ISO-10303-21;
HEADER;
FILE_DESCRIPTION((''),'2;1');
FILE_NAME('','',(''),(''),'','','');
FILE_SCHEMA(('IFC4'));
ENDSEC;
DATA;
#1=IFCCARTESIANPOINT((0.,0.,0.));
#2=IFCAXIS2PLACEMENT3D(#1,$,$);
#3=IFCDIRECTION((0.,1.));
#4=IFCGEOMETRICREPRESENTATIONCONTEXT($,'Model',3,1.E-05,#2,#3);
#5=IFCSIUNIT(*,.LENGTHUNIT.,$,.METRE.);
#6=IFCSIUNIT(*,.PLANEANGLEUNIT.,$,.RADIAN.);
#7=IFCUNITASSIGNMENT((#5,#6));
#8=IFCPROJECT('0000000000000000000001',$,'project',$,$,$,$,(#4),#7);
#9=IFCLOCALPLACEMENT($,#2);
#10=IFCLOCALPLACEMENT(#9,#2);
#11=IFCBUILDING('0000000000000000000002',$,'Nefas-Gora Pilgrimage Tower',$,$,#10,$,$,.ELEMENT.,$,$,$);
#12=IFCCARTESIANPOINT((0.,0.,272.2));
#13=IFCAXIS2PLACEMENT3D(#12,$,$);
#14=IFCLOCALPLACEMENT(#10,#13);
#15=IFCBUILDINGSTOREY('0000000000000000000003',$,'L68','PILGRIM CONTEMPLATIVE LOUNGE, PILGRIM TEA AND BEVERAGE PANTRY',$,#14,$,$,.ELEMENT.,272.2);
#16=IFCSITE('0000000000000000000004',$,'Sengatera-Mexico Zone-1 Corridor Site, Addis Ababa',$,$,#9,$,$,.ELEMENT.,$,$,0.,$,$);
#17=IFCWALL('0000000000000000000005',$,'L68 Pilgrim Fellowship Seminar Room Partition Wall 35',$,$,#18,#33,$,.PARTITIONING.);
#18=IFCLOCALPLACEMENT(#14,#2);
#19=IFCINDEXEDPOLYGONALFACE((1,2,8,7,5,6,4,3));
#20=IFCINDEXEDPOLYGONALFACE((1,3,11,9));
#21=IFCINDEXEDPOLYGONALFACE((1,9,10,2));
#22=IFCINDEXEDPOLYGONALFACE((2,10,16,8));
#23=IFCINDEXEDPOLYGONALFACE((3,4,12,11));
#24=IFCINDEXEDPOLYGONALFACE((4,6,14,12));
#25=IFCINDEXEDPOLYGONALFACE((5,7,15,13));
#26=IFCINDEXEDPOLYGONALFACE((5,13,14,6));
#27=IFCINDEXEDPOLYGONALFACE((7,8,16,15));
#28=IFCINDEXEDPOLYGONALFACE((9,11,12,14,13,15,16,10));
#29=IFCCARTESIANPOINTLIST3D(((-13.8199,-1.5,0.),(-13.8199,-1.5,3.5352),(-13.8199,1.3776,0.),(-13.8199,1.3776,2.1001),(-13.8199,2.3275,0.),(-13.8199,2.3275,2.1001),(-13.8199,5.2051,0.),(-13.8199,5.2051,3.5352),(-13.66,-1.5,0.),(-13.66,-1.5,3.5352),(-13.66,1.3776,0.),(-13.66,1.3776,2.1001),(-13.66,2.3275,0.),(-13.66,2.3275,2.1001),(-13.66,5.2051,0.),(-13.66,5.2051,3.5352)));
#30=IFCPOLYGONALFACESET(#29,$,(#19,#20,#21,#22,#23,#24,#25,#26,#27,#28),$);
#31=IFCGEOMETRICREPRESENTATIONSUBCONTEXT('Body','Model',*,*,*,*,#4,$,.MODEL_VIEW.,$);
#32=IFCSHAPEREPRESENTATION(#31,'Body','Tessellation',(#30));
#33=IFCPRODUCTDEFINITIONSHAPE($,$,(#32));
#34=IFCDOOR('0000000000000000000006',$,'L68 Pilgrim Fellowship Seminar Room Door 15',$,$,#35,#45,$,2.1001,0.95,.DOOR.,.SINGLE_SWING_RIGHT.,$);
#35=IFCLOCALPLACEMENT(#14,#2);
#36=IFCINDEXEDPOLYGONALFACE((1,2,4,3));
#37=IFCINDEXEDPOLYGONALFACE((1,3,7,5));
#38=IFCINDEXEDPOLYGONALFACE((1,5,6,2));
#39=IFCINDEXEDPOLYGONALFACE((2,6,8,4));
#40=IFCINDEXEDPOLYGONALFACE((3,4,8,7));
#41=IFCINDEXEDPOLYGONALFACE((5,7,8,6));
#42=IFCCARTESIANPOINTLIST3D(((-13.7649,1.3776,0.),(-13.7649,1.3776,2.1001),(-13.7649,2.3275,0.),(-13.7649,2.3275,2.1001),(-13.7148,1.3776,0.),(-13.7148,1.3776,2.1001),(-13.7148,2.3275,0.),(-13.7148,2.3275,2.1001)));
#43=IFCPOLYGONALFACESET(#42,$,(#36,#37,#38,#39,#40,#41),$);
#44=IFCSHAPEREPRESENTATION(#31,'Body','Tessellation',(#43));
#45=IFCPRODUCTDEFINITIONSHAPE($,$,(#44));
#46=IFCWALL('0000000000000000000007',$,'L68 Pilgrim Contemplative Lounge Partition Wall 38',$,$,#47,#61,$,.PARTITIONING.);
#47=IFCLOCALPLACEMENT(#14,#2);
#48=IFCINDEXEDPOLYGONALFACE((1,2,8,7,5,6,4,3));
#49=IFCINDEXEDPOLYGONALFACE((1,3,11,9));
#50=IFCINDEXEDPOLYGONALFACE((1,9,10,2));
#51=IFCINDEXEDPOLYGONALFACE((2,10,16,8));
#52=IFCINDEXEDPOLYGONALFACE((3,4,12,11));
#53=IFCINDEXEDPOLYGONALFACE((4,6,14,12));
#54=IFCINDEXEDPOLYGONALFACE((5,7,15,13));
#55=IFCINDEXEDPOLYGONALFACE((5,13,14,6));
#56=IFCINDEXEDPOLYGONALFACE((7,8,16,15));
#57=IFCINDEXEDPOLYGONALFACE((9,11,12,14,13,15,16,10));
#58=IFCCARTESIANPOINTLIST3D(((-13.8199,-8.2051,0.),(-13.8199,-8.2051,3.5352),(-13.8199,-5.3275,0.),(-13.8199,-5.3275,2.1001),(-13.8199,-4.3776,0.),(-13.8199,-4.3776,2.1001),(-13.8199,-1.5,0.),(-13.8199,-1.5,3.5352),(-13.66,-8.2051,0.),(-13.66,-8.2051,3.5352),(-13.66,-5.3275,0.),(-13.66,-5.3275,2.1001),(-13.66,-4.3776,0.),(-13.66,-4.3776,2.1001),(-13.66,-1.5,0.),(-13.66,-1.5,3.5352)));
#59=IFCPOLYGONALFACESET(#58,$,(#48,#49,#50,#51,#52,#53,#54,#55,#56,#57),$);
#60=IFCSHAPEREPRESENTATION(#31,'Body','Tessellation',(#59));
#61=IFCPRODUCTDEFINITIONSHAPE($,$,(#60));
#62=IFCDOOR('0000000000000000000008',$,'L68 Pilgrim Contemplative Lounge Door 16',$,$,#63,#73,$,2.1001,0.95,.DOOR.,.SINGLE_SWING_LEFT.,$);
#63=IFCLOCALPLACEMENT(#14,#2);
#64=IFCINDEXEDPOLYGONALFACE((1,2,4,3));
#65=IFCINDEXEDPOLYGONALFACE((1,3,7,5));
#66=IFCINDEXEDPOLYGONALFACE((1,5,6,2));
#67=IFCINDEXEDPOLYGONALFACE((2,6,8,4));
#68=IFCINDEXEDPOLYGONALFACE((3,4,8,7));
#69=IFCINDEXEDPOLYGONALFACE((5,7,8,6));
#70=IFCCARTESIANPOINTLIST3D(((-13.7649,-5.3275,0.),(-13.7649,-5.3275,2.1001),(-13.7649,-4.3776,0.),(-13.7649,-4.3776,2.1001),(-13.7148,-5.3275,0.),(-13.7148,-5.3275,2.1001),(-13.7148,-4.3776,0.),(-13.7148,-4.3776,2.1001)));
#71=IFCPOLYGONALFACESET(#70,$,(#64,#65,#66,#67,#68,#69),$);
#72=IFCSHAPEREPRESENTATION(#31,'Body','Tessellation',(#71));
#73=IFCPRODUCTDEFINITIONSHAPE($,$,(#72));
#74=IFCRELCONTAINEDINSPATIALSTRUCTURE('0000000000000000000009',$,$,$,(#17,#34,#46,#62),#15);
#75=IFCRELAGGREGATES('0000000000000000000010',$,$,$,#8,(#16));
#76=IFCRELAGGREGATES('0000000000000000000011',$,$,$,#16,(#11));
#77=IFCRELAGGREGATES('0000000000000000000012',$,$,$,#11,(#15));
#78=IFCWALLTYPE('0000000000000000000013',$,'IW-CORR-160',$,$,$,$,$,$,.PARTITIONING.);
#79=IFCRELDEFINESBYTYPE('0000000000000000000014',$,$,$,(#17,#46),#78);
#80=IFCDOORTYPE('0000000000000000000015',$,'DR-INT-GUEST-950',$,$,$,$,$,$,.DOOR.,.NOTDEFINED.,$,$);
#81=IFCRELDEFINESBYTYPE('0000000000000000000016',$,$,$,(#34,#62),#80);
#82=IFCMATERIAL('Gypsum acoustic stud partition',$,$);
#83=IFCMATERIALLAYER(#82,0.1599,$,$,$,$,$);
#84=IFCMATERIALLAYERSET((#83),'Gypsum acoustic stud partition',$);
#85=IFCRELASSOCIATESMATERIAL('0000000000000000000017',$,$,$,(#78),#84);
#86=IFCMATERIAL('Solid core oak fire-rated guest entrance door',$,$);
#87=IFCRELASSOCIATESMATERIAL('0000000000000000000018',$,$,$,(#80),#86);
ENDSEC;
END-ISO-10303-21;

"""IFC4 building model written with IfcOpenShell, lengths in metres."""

from ifc_helpers import new_model, si_unit, direction, frame, frame_2d, origin, place, context, subcontext, project, spatial, rectangle, extrude, source, transform, mapped, material, layer, layer_set, type_object, element, fill, save


model = new_model("IFC4")

# Units and contexts
model_context = context("Model", 3, precision=1e-05, world=origin(), true_north=direction((0.0, 1.0)))
body_context = subcontext(model_context, "Body", "Model", "MODEL_VIEW")
ifc_project = project(units=[si_unit("LENGTHUNIT", "METRE"), si_unit("PLANEANGLEUNIT", "RADIAN")], contexts=[model_context])

# Site, building, storey
site_placement = place(None, origin())
site = spatial("IfcSite", under=ifc_project, at=site_placement, Name="Sengatera-Mexico Zone-1 Corridor Site, Addis Ababa", CompositionType="ELEMENT", RefElevation=0.0)
building_placement = place(site_placement, origin())
building = spatial("IfcBuilding", under=site, at=building_placement, Name="Nefas-Gora Pilgrimage Tower", CompositionType="ELEMENT")
storey_placement = place(building_placement, frame((0.0, 0.0, 272.2)))
storey = spatial("IfcBuildingStorey", under=building, at=storey_placement, Name="L68", Description="PILGRIM CONTEMPLATIVE LOUNGE, PILGRIM TEA AND BEVERAGE PANTRY", CompositionType="ELEMENT", Elevation=272.2)

# Walls, openings, doors
ifc_material_1 = material(Name="Gypsum acoustic stud partition")
ifc_layer_1 = layer(ifc_material_1, 0.1599)
ifc_layer_set_1 = layer_set([ifc_layer_1], Name="Gypsum acoustic stud partition")
wall_type_1 = type_object("IfcWallType", Name="IW-CORR-160", PredefinedType="PARTITIONING", material=ifc_layer_set_1)
shared_shape_1 = source(origin(), body_context, "Body", "SweptSolid", [
    extrude(rectangle(XDim=6.7051, YDim=0.1599, at=frame_2d((3.3525, 0.0))), origin(), (0.0, 0.0, 1.0), 3.5352),
])
wall_1_placement = place(storey_placement, frame((-13.74, -1.5, 0.0), z_axis=(0.0, 0.0, 1.0), x_axis=(0.0, 1.0, 0.0)))
wall_1 = element("IfcWall", 1, at=wall_1_placement, inside=storey, type_object=wall_type_1, Name="L68 Pilgrim Fellowship Seminar Room Partition Wall 35", PredefinedType="PARTITIONING", context=body_context, shape_type="MappedRepresentation", body=[
    mapped(shared_shape_1, transform((0.0, 0.0, 0.0), x_axis=(1.0, 0.0, 0.0), y_axis=(0.0, 1.0, 0.0), z_axis=(0.0, 0.0, 1.0), scale=1.0)),
])
opening_1_placement = place(wall_1_placement, frame((2.8774, 0.0, 0.0)))
opening_1 = element("IfcOpeningElement", 2, at=opening_1_placement, cuts=wall_1, PredefinedType="OPENING", context=body_context, shape_type="SweptSolid", body=[
    extrude(rectangle(XDim=0.95, YDim=2.1001, at=frame_2d((0.4751, 1.05))), frame((0.0, 0.0898, 0.0), z_axis=(0.0, -1.0, 0.0), x_axis=(1.0, 0.0, 0.0)), (0.0, 0.0, 1.0), 0.1799),
])
ifc_material_2 = material(Name="Solid core oak fire-rated guest entrance door")
door_type_1 = type_object("IfcDoorType", Name="DR-INT-GUEST-950", OperationType="NOTDEFINED", PredefinedType="DOOR", material=ifc_material_2)
shared_shape_2 = source(origin(), body_context, "Body", "SweptSolid", [
    extrude(rectangle(XDim=0.95, YDim=2.1001, at=frame_2d((0.4751, 1.05))), frame((0.0, 0.0249, 0.0), z_axis=(0.0, -1.0, 0.0), x_axis=(1.0, 0.0, 0.0)), (0.0, 0.0, 1.0), 0.05),
])
door_1_placement = place(opening_1_placement, origin())
door_1 = element("IfcDoor", 3, at=door_1_placement, inside=storey, type_object=door_type_1, Name="L68 Pilgrim Fellowship Seminar Room Door 15", OperationType="SINGLE_SWING_RIGHT", OverallHeight=2.1001, OverallWidth=0.95, PredefinedType="DOOR", context=body_context, shape_type="MappedRepresentation", body=[
    mapped(shared_shape_2, transform((0.0, 0.0, 0.0), x_axis=(1.0, 0.0, 0.0), y_axis=(0.0, 1.0, 0.0), z_axis=(0.0, 0.0, 1.0), scale=1.0)),
])
fill(opening_1, door_1)
wall_2_placement = place(storey_placement, frame((-13.74, -8.2051, 0.0), z_axis=(0.0, 0.0, 1.0), x_axis=(0.0, 1.0, 0.0)))
wall_2 = element("IfcWall", 4, at=wall_2_placement, inside=storey, type_object=wall_type_1, Name="L68 Pilgrim Contemplative Lounge Partition Wall 38", PredefinedType="PARTITIONING", context=body_context, shape_type="MappedRepresentation", body=[
    mapped(shared_shape_1, transform((0.0, 0.0, 0.0), x_axis=(1.0, 0.0, 0.0), y_axis=(0.0, 1.0, 0.0), z_axis=(0.0, 0.0, 1.0), scale=1.0)),
])
opening_2_placement = place(wall_2_placement, frame((2.8774, 0.0, 0.0)))
opening_2 = element("IfcOpeningElement", 5, at=opening_2_placement, cuts=wall_2, PredefinedType="OPENING", context=body_context, shape_type="SweptSolid", body=[
    extrude(rectangle(XDim=0.95, YDim=2.1001, at=frame_2d((0.4751, 1.05))), frame((0.0, 0.0898, 0.0), z_axis=(0.0, -1.0, 0.0), x_axis=(1.0, 0.0, 0.0)), (0.0, 0.0, 1.0), 0.1799),
])
door_2_placement = place(opening_2_placement, origin())
door_2 = element("IfcDoor", 6, at=door_2_placement, inside=storey, type_object=door_type_1, Name="L68 Pilgrim Contemplative Lounge Door 16", OperationType="SINGLE_SWING_LEFT", OverallHeight=2.1001, OverallWidth=0.95, PredefinedType="DOOR", context=body_context, shape_type="MappedRepresentation", body=[
    mapped(shared_shape_2, transform((0.0, 0.0, 0.0), x_axis=(1.0, 0.0, 0.0), y_axis=(0.0, 1.0, 0.0), z_axis=(0.0, 0.0, 1.0), scale=1.0)),
])
fill(opening_2, door_2)

save(model, "model.ifc")
